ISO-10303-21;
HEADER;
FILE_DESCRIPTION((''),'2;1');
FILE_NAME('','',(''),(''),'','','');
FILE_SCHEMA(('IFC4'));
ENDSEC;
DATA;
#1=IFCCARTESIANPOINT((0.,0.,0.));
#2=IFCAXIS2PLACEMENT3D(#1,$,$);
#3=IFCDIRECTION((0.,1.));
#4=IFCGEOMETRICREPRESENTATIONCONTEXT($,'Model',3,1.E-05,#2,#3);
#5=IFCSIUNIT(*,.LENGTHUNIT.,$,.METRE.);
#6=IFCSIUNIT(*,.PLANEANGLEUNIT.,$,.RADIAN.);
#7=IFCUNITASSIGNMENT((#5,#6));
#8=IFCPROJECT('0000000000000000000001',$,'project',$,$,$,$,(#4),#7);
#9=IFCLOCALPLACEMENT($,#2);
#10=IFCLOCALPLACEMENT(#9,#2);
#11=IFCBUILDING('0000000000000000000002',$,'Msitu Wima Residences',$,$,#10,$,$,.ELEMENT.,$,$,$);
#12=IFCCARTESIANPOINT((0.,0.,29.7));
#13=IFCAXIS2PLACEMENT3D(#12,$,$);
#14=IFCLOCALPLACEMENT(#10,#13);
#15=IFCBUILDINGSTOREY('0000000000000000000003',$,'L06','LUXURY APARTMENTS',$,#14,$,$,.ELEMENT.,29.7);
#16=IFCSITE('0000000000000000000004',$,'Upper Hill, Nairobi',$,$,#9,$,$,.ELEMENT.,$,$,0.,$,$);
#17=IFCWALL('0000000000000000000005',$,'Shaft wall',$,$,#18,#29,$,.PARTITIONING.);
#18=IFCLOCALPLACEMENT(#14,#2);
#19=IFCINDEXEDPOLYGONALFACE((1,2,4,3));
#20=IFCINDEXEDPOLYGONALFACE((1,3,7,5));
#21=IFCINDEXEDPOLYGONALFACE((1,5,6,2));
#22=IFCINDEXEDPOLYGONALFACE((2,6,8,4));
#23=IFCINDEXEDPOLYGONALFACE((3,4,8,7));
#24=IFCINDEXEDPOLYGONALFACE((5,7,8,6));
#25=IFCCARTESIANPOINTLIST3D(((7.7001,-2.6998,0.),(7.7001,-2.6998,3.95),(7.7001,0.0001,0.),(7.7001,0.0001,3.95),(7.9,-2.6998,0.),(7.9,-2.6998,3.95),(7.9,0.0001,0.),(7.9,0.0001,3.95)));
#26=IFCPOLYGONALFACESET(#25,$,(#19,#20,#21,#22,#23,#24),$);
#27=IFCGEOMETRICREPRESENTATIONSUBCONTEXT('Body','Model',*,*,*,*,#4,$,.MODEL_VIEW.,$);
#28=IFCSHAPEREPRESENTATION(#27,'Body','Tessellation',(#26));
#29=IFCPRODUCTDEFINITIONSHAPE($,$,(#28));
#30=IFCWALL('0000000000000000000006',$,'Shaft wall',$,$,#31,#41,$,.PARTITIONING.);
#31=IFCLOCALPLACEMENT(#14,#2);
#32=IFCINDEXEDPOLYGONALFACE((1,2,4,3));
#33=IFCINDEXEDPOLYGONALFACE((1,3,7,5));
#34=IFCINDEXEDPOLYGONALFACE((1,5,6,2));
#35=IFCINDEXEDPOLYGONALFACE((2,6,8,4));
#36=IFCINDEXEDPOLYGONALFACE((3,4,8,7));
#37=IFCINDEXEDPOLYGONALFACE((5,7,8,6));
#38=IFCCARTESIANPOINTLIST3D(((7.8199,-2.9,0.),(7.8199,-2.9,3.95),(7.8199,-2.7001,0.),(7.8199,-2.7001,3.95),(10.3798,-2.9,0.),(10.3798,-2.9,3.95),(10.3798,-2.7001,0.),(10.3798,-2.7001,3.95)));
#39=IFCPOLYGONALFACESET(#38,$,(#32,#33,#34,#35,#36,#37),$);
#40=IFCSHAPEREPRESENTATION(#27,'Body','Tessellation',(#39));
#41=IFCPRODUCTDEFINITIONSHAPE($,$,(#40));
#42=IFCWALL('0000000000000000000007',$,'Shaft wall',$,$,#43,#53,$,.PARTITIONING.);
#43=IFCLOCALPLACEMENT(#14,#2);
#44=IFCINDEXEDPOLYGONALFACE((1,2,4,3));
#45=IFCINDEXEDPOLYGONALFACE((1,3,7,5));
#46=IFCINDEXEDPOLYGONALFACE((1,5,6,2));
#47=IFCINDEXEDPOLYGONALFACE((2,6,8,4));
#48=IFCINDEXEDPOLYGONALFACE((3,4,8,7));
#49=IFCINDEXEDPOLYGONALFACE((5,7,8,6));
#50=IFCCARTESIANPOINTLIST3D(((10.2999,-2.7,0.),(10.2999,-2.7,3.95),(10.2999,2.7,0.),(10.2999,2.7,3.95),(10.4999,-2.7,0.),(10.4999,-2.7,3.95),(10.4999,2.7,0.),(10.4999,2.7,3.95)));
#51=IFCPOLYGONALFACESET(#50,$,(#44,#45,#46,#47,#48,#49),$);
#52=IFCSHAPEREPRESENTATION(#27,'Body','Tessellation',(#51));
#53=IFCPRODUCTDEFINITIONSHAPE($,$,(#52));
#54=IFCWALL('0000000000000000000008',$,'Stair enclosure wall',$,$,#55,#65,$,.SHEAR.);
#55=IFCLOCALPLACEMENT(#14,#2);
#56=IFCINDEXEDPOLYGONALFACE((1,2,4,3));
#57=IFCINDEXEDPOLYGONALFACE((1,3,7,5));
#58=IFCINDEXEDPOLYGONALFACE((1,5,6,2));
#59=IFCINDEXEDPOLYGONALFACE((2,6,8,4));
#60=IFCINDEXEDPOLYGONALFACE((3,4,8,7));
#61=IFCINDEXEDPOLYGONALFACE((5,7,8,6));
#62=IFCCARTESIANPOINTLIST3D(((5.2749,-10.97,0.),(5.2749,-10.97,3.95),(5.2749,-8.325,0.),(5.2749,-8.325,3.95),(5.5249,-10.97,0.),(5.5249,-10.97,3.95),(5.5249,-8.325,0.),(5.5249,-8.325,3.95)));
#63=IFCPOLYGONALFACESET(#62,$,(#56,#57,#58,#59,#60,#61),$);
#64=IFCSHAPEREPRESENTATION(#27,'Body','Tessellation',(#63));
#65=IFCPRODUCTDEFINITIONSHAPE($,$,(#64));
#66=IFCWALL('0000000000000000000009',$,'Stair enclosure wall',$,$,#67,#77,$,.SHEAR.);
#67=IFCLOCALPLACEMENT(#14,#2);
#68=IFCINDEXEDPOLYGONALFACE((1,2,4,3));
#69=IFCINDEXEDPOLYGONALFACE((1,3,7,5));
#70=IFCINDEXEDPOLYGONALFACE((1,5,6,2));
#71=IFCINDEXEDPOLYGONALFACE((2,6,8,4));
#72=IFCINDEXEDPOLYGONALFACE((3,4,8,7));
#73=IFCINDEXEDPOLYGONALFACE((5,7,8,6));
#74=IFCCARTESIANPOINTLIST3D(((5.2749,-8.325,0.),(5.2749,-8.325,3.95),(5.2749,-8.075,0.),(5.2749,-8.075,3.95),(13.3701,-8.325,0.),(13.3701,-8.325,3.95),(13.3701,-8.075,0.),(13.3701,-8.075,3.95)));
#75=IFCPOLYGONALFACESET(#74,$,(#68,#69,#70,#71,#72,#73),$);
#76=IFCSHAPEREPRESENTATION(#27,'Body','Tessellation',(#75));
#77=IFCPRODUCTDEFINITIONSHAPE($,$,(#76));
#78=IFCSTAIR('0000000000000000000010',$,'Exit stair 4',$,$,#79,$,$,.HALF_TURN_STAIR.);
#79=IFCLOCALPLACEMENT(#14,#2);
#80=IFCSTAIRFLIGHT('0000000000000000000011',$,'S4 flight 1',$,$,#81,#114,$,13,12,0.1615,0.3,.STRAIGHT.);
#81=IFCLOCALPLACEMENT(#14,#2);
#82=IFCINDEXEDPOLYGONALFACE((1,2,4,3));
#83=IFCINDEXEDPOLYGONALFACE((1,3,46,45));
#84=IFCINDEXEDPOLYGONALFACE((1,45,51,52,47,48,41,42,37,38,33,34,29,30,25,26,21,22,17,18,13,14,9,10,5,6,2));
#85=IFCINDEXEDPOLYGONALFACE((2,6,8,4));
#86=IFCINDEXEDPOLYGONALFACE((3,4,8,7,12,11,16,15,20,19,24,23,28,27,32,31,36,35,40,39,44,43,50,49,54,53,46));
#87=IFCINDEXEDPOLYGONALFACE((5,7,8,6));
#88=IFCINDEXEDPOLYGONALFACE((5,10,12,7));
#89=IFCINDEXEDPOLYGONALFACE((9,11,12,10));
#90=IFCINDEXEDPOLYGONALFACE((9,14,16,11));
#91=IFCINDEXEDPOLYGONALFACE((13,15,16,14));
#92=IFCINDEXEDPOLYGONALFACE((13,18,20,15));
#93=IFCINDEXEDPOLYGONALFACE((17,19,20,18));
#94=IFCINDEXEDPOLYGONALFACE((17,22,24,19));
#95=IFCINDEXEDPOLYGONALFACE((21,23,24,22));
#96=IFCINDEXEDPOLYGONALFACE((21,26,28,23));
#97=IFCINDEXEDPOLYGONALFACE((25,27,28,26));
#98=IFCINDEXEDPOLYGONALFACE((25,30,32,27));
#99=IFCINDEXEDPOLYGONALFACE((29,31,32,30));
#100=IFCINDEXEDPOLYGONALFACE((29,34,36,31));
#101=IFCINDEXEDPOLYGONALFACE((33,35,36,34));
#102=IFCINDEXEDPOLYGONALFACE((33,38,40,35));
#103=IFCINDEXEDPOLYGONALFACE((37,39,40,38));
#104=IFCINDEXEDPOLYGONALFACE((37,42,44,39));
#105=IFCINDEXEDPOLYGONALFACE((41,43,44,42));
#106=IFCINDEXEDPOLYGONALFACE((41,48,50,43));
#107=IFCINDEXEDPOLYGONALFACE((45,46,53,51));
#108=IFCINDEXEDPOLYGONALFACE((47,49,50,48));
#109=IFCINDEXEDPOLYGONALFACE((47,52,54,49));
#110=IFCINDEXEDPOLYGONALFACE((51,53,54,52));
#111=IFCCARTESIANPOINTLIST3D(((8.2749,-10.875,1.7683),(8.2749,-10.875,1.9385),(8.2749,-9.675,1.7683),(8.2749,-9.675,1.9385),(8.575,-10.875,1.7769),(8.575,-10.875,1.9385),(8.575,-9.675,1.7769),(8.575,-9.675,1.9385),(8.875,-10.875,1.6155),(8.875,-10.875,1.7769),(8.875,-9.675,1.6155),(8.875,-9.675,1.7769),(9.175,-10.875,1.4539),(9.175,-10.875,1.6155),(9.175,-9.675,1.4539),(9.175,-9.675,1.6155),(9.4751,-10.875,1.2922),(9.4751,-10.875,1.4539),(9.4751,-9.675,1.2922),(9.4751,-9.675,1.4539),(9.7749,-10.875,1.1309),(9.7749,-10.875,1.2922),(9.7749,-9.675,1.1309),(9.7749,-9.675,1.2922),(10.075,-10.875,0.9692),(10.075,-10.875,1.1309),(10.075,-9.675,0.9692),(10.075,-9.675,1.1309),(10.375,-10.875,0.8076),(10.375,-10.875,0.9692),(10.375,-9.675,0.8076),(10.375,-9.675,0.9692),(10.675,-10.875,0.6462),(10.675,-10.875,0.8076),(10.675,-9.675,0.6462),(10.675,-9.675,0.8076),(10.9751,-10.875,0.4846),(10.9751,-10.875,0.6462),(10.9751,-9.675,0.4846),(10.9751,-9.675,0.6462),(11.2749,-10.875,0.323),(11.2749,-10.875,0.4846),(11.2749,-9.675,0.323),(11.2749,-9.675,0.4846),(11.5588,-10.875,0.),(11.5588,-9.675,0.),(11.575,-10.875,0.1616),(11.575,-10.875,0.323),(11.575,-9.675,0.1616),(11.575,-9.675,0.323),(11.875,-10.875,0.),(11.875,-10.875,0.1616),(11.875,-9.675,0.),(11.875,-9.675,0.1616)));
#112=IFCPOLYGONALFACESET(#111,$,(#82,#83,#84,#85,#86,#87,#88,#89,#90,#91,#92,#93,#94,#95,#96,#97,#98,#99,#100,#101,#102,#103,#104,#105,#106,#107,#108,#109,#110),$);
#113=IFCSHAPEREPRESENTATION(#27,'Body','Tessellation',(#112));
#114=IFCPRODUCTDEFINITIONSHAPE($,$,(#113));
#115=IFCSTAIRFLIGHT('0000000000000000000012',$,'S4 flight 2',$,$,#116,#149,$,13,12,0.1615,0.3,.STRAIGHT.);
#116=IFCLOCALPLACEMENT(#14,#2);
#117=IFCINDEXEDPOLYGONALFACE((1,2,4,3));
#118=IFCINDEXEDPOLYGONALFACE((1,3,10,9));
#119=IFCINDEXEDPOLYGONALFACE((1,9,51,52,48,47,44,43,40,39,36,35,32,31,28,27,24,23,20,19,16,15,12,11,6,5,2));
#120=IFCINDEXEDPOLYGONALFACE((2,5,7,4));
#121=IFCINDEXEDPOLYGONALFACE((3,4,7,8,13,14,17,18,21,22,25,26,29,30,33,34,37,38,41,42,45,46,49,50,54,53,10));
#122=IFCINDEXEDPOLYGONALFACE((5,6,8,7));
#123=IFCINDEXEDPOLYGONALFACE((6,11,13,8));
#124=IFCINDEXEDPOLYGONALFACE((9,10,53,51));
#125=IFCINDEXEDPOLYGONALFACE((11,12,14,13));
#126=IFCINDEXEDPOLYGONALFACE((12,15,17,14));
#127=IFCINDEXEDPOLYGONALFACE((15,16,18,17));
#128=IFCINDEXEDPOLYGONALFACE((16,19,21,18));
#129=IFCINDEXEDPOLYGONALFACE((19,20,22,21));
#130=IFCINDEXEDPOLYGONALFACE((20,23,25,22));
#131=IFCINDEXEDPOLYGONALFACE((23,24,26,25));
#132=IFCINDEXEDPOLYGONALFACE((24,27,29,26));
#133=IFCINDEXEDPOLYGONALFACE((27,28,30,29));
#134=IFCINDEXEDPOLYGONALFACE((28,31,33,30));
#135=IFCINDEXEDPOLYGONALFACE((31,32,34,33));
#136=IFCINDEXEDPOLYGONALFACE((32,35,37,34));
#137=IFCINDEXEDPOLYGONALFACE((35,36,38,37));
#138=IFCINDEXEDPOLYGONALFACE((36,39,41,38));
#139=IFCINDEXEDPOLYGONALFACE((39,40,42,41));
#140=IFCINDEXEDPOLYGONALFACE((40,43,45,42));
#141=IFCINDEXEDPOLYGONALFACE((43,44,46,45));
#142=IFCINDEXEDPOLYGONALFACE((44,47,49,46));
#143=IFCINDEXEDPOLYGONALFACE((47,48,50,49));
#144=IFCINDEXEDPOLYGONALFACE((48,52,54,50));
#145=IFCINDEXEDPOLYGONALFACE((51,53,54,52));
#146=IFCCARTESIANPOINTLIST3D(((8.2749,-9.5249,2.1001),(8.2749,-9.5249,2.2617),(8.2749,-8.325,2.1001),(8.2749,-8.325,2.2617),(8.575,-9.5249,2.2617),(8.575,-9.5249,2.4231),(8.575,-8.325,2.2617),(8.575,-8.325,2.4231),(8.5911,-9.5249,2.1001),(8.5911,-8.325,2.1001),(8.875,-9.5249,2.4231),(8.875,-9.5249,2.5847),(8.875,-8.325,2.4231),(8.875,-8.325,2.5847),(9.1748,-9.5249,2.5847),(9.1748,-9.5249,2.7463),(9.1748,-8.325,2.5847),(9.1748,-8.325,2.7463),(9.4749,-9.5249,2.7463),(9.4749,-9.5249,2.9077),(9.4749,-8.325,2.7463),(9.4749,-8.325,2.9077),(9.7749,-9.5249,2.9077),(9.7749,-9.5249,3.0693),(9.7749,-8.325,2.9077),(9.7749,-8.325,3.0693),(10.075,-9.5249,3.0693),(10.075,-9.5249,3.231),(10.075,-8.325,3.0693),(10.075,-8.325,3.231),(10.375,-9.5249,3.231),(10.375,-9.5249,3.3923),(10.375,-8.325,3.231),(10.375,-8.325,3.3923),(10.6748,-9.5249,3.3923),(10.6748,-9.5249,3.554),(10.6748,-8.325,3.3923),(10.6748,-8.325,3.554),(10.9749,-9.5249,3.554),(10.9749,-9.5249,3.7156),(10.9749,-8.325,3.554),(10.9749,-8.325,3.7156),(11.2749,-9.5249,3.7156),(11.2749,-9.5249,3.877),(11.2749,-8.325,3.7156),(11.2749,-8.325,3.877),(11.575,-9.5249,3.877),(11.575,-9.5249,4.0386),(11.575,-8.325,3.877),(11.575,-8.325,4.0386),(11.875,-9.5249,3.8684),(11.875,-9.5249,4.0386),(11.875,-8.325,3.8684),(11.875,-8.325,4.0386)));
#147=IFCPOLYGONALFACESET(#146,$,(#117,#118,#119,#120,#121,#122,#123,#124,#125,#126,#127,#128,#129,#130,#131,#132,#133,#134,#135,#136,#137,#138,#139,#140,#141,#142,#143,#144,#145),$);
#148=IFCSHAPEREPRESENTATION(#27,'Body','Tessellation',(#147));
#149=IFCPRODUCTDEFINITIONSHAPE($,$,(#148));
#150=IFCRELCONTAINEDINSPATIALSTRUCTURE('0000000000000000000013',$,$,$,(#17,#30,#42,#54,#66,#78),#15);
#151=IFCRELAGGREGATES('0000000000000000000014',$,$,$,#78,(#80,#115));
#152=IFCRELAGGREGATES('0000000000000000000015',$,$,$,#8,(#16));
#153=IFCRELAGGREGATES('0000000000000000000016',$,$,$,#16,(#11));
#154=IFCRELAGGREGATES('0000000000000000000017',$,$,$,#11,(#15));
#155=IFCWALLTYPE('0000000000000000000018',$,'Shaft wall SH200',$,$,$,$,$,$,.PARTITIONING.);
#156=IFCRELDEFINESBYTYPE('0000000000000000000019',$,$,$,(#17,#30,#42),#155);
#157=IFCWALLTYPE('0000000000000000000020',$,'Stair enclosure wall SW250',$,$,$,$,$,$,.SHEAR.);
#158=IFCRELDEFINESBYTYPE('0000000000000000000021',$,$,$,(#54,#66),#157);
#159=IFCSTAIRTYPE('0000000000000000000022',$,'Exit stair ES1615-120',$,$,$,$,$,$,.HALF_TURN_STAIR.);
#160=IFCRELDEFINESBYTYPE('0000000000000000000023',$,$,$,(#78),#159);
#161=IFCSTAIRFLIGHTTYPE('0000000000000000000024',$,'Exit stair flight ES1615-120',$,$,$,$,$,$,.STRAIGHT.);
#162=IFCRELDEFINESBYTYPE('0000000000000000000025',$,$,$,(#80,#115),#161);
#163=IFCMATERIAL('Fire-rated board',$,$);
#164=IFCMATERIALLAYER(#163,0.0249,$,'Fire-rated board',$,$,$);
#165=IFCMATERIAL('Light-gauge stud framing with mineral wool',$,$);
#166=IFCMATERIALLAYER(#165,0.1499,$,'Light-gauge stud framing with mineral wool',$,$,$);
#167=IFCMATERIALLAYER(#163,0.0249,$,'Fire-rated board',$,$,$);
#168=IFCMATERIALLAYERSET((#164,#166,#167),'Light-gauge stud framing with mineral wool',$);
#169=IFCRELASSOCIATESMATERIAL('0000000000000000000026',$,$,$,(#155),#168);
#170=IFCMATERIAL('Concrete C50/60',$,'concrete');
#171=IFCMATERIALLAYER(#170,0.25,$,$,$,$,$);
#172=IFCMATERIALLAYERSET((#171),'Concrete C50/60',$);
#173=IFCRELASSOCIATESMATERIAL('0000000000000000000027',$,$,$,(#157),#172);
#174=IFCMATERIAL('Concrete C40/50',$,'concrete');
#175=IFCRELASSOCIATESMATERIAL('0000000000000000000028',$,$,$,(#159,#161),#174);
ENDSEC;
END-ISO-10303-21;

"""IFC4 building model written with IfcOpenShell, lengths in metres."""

from ifc_helpers import new_model, si_unit, direction, frame, frame_2d, origin, place, context, subcontext, project, spatial, polyline, rectangle, outline, extrude, material, layer, layer_set, type_object, element, aggregate, save


model = new_model("IFC4")

# Units and contexts
model_context = context("Model", 3, precision=1e-05, world=origin(), true_north=direction((0.0, 1.0)))
body_context = subcontext(model_context, "Body", "Model", "MODEL_VIEW")
ifc_project = project(units=[si_unit("LENGTHUNIT", "METRE"), si_unit("PLANEANGLEUNIT", "RADIAN")], contexts=[model_context])

# Site, building, storey
site_placement = place(None, origin())
site = spatial("IfcSite", under=ifc_project, at=site_placement, Name="Upper Hill, Nairobi", CompositionType="ELEMENT", RefElevation=0.0)
building_placement = place(site_placement, origin())
building = spatial("IfcBuilding", under=site, at=building_placement, Name="Msitu Wima Residences", CompositionType="ELEMENT")
storey_placement = place(building_placement, frame((0.0, 0.0, 29.7)))
storey = spatial("IfcBuildingStorey", under=building, at=storey_placement, Name="L06", Description="LUXURY APARTMENTS", CompositionType="ELEMENT", Elevation=29.7)

# Shared definitions
ifc_material_1 = material(Name="Concrete C40/50", Category="concrete")

# Walls
ifc_material_2 = material(Name="Fire-rated board")
ifc_layer_1 = layer(ifc_material_2, 0.0249, Name="Fire-rated board")
ifc_material_3 = material(Name="Light-gauge stud framing with mineral wool")
ifc_layer_2 = layer(ifc_material_3, 0.1499, Name="Light-gauge stud framing with mineral wool")
ifc_layer_3 = layer(ifc_material_2, 0.0249, Name="Fire-rated board")
ifc_layer_set_1 = layer_set([ifc_layer_1, ifc_layer_2, ifc_layer_3], Name="Light-gauge stud framing with mineral wool")
wall_type_1 = type_object("IfcWallType", Name="Shaft wall SH200", PredefinedType="PARTITIONING", material=ifc_layer_set_1)
wall_1_placement = place(storey_placement, frame((7.8, -2.7, 0.0), z_axis=(0.0, 0.0, 1.0), x_axis=(0.0, 1.0, 0.0)))
element("IfcWall", 1, at=wall_1_placement, inside=storey, type_object=wall_type_1, Name="Shaft wall", PredefinedType="PARTITIONING", context=body_context, shape_type="SweptSolid", body=[
    extrude(rectangle(XDim=2.7, YDim=0.2, at=frame_2d((1.3501, 0.0))), origin(), (0.0, 0.0, 1.0), 3.95),
])
wall_2_placement = place(storey_placement, frame((7.8201, -2.8, 0.0), z_axis=(0.0, 0.0, 1.0), x_axis=(1.0, 0.0, 0.0)))
element("IfcWall", 2, at=wall_2_placement, inside=storey, type_object=wall_type_1, Name="Shaft wall", PredefinedType="PARTITIONING", context=body_context, shape_type="SweptSolid", body=[
    extrude(rectangle(XDim=2.5598, YDim=0.2, at=frame_2d((1.2798, 0.0))), origin(), (0.0, 0.0, 1.0), 3.95),
])
wall_3_placement = place(storey_placement, frame((10.3999, -2.7, 0.0), z_axis=(0.0, 0.0, 1.0), x_axis=(0.0, 1.0, 0.0)))
element("IfcWall", 3, at=wall_3_placement, inside=storey, type_object=wall_type_1, Name="Shaft wall", PredefinedType="PARTITIONING", context=body_context, shape_type="SweptSolid", body=[
    extrude(rectangle(XDim=5.3999, YDim=0.2, at=frame_2d((2.7, 0.0))), origin(), (0.0, 0.0, 1.0), 3.95),
])
ifc_material_4 = material(Name="Concrete C50/60", Category="concrete")
ifc_layer_4 = layer(ifc_material_4, 0.25)
ifc_layer_set_2 = layer_set([ifc_layer_4], Name="Concrete C50/60")
wall_type_2 = type_object("IfcWallType", Name="Stair enclosure wall SW250", PredefinedType="SHEAR", material=ifc_layer_set_2)
wall_4_placement = place(storey_placement, frame((5.3999, -10.97, 0.0), z_axis=(0.0, 0.0, 1.0), x_axis=(0.0, 1.0, 0.0)))
element("IfcWall", 4, at=wall_4_placement, inside=storey, type_object=wall_type_2, Name="Stair enclosure wall", PredefinedType="SHEAR", context=body_context, shape_type="SweptSolid", body=[
    extrude(rectangle(XDim=2.645, YDim=0.25, at=frame_2d((1.3225, 0.0))), origin(), (0.0, 0.0, 1.0), 3.95),
])
wall_5_placement = place(storey_placement, frame((5.2749, -8.2, 0.0), z_axis=(0.0, 0.0, 1.0), x_axis=(1.0, 0.0, 0.0)))
element("IfcWall", 5, at=wall_5_placement, inside=storey, type_object=wall_type_2, Name="Stair enclosure wall", PredefinedType="SHEAR", context=body_context, shape_type="SweptSolid", body=[
    extrude(rectangle(XDim=8.0952, YDim=0.25, at=frame_2d((4.0476, 0.0))), origin(), (0.0, 0.0, 1.0), 3.95),
])

# Stair, stair flights
stair_type = type_object("IfcStairType", Name="Exit stair ES1615-120", PredefinedType="HALF_TURN_STAIR", material=ifc_material_1)
stair_placement = place(storey_placement, origin())
stair = element("IfcStair", 6, at=stair_placement, inside=storey, type_object=stair_type, Name="Exit stair 4", PredefinedType="HALF_TURN_STAIR")
stair_flight_type = type_object("IfcStairFlightType", Name="Exit stair flight ES1615-120", PredefinedType="STRAIGHT", material=ifc_material_1)
stair_flight_1_placement = place(storey_placement, frame((11.875, -10.2749, 0.0), z_axis=(0.0, 0.0, 1.0), x_axis=(-1.0, 0.0, 0.0)))
stair_flight_1 = element("IfcStairFlight", 7, at=stair_flight_1_placement, type_object=stair_flight_type, Name="S4 flight 1", NumberOfRisers=13, NumberOfTreads=12, PredefinedType="STRAIGHT", RiserHeight=0.1615, TreadLength=0.3, context=body_context, shape_type="SweptSolid", body=[
    extrude(outline(polyline([(0.0, 0.0), (0.0, 0.1616), (0.3, 0.1616), (0.3, 0.323), (0.6001, 0.323), (0.6001, 0.4846), (0.8999, 0.4846), (0.8999, 0.6462), (1.2, 0.6462), (1.2, 0.8076), (1.5, 0.8076), (1.5, 0.9692), (1.8, 0.9692), (1.8, 1.1309), (2.1001, 1.1309), (2.1001, 1.2922), (2.3999, 1.2922), (2.3999, 1.4539), (2.7, 1.4539), (2.7, 1.6155), (3.0, 1.6155), (3.0, 1.7769), (3.3, 1.7769), (3.3, 1.9385), (3.6001, 1.9385), (3.6001, 2.1001), (3.6001, 1.7683), (0.3162, 0.0), (0.0, 0.0)])), frame((0.0, 0.6001, 0.0), z_axis=(0.0, -1.0, 0.0), x_axis=(1.0, 0.0, 0.0)), (0.0, 0.0, 1.0), 1.2),
])
stair_flight_2_placement = place(storey_placement, frame((8.2749, -8.925, 2.1001), z_axis=(0.0, 0.0, 1.0), x_axis=(1.0, 0.0, 0.0)))
stair_flight_2 = element("IfcStairFlight", 8, at=stair_flight_2_placement, type_object=stair_flight_type, Name="S4 flight 2", NumberOfRisers=13, NumberOfTreads=12, PredefinedType="STRAIGHT", RiserHeight=0.1615, TreadLength=0.3, context=body_context, shape_type="SweptSolid", body=[
    extrude(outline(polyline([(0.0, 0.0), (0.0, 0.1616), (0.3, 0.1616), (0.3, 0.323), (0.6001, 0.323), (0.6001, 0.4846), (0.8999, 0.4846), (0.8999, 0.6462), (1.2, 0.6462), (1.2, 0.8076), (1.5, 0.8076), (1.5, 0.9692), (1.8, 0.9692), (1.8, 1.1309), (2.1001, 1.1309), (2.1001, 1.2922), (2.3999, 1.2922), (2.3999, 1.4539), (2.7, 1.4539), (2.7, 1.6155), (3.0, 1.6155), (3.0, 1.7769), (3.3, 1.7769), (3.3, 1.9385), (3.6001, 1.9385), (3.6001, 2.1001), (3.6001, 1.7683), (0.3162, 0.0), (0.0, 0.0)])), frame((0.0, 0.6001, 0.0), z_axis=(0.0, -1.0, 0.0), x_axis=(1.0, 0.0, 0.0)), (0.0, 0.0, 1.0), 1.2),
])
aggregate(stair, [stair_flight_1, stair_flight_2])

save(model, "model.ifc")
